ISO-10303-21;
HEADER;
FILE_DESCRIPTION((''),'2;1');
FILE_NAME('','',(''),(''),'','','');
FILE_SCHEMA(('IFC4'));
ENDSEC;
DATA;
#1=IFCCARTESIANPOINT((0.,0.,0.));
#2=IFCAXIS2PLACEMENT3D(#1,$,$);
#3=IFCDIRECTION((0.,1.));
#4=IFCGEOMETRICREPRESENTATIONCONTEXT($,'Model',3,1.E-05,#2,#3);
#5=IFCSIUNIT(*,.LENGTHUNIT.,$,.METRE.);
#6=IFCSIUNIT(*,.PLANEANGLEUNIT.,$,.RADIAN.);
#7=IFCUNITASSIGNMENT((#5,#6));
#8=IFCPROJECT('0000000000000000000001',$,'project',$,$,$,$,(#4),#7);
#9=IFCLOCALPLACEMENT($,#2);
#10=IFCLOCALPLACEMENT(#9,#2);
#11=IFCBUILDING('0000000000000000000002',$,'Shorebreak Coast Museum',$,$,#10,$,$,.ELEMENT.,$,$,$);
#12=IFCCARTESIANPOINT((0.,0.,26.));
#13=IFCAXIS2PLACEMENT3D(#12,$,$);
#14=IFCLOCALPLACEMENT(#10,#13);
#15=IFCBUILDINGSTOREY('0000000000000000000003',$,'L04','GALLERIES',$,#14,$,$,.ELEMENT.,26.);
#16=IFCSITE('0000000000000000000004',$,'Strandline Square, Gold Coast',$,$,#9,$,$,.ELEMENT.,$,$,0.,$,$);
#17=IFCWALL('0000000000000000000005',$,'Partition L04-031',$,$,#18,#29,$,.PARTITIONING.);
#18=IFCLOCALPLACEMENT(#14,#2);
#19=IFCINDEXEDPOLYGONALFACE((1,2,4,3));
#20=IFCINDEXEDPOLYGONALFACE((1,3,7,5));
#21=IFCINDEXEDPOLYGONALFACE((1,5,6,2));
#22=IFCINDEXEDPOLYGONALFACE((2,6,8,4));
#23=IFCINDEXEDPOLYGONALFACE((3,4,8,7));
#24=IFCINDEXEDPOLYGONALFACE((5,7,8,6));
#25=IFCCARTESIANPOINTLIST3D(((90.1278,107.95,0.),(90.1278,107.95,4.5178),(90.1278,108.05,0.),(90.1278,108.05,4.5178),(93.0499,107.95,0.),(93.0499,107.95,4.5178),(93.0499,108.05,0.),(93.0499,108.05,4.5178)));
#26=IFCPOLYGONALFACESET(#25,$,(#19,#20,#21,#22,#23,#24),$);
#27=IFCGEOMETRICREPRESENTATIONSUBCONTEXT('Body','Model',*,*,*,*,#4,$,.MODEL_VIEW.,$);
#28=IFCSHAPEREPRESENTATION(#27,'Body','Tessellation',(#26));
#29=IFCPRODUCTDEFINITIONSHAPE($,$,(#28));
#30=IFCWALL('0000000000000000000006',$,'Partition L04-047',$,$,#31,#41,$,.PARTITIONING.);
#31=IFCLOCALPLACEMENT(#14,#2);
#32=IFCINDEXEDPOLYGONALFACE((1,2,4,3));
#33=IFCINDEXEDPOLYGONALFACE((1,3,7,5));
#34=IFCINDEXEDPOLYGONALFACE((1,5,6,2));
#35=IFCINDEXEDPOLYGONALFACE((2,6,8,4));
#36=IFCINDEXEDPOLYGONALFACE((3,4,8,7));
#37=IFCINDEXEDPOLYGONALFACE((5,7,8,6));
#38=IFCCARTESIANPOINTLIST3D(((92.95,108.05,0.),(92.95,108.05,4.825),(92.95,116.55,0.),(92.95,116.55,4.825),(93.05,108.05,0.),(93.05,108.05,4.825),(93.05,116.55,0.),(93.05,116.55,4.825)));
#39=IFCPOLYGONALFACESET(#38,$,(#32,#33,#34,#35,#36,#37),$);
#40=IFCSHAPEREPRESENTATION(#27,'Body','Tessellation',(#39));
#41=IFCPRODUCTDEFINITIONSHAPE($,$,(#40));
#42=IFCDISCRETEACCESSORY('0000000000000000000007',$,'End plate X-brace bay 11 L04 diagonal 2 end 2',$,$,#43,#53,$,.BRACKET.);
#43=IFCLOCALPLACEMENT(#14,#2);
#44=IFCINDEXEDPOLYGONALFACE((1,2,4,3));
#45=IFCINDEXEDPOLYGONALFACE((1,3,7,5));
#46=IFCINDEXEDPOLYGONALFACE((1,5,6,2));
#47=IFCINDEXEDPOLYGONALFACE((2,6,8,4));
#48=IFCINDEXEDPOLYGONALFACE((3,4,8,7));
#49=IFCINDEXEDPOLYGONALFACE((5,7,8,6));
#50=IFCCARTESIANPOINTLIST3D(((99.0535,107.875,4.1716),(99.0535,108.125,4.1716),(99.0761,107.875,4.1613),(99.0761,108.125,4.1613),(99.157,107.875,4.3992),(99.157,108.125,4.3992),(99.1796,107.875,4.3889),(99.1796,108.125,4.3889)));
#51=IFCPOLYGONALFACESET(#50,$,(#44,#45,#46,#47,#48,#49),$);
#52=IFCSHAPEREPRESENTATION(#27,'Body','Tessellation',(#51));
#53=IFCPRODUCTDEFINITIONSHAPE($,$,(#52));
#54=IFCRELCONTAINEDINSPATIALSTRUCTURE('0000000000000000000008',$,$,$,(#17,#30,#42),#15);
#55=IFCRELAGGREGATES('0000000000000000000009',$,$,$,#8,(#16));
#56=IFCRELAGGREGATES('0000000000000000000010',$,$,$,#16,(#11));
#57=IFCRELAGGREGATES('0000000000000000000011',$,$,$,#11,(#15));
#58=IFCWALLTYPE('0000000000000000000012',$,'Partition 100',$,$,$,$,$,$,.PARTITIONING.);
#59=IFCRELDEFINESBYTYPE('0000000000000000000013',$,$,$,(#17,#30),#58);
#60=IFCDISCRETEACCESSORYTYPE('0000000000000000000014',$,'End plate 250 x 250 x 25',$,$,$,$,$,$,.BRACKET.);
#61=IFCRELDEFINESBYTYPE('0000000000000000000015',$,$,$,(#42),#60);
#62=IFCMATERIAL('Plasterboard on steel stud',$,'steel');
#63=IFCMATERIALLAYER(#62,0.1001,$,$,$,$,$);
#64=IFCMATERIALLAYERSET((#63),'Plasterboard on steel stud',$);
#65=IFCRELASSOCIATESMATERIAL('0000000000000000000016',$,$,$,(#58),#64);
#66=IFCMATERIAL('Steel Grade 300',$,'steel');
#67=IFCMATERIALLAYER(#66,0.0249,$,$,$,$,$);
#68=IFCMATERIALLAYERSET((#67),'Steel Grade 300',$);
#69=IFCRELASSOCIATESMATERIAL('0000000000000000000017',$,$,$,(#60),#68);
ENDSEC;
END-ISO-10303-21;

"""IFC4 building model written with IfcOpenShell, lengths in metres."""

from ifc_helpers import new_model, si_unit, direction, frame, frame_2d, origin, place, context, subcontext, project, spatial, polyline, rectangle, outline, extrude, material, layer, layer_set, type_object, element, save


model = new_model("IFC4")

# Units and contexts
model_context = context("Model", 3, precision=1e-05, world=origin(), true_north=direction((0.0, 1.0)))
body_context = subcontext(model_context, "Body", "Model", "MODEL_VIEW")
ifc_project = project(units=[si_unit("LENGTHUNIT", "METRE"), si_unit("PLANEANGLEUNIT", "RADIAN")], contexts=[model_context])

# Site, building, storey
site_placement = place(None, origin())
site = spatial("IfcSite", under=ifc_project, at=site_placement, Name="Strandline Square, Gold Coast", CompositionType="ELEMENT", RefElevation=0.0)
building_placement = place(site_placement, origin())
building = spatial("IfcBuilding", under=site, at=building_placement, Name="Shorebreak Coast Museum", CompositionType="ELEMENT")
storey_placement = place(building_placement, frame((0.0, 0.0, 26.0)))
storey = spatial("IfcBuildingStorey", under=building, at=storey_placement, Name="L04", Description="GALLERIES", CompositionType="ELEMENT", Elevation=26.0)

# Walls
ifc_material_1 = material(Name="Plasterboard on steel stud", Category="steel")
ifc_layer_1 = layer(ifc_material_1, 0.1001)
ifc_layer_set_1 = layer_set([ifc_layer_1], Name="Plasterboard on steel stud")
wall_type_1 = type_object("IfcWallType", Name="Partition 100", PredefinedType="PARTITIONING", material=ifc_layer_set_1)
wall_1_placement = place(storey_placement, frame((90.1279, 108.0, 0.0), z_axis=(0.0, 0.0, 1.0), x_axis=(1.0, 0.0, 0.0)))
element("IfcWall", 1, at=wall_1_placement, inside=storey, type_object=wall_type_1, Name="Partition L04-031", PredefinedType="PARTITIONING", context=body_context, shape_type="SweptSolid", body=[
    extrude(rectangle(XDim=2.9221, YDim=0.1001, at=frame_2d((1.4609, 0.0))), origin(), (0.0, 0.0, 1.0), 4.5178),
])
wall_2_placement = place(storey_placement, frame((93.0, 108.05, 0.0), z_axis=(0.0, 0.0, 1.0), x_axis=(0.0, 1.0, 0.0)))
element("IfcWall", 2, at=wall_2_placement, inside=storey, type_object=wall_type_1, Name="Partition L04-047", PredefinedType="PARTITIONING", context=body_context, shape_type="SweptSolid", body=[
    extrude(rectangle(XDim=8.5, YDim=0.1001, at=frame_2d((4.25, 0.0))), origin(), (0.0, 0.0, 1.0), 4.825),
])

# Discrete accessory
ifc_material_2 = material(Name="Steel Grade 300", Category="steel")
ifc_layer_2 = layer(ifc_material_2, 0.0249)
ifc_layer_set_2 = layer_set([ifc_layer_2], Name="Steel Grade 300")
discrete_accessory_type = type_object("IfcDiscreteAccessoryType", Name="End plate 250 x 250 x 25", PredefinedType="BRACKET", material=ifc_layer_set_2)
discrete_accessory_placement = place(storey_placement, frame((99.0535, 108.125, 4.1716), z_axis=(-0.910233, 0.0, 0.414097), x_axis=(0.0, -1.0, 0.0)))
element("IfcDiscreteAccessory", 3, at=discrete_accessory_placement, inside=storey, type_object=discrete_accessory_type, Name="End plate X-brace bay 11 L04 diagonal 2 end 2", PredefinedType="BRACKET", context=body_context, shape_type="SweptSolid", body=[
    extrude(outline(polyline([(0.0, 0.0), (0.25, 0.0), (0.25, 0.25), (0.0, 0.25), (0.0, 0.0)])), origin(), (0.0, 0.0, -1.0), 0.0249),
])

save(model, "model.ifc")
